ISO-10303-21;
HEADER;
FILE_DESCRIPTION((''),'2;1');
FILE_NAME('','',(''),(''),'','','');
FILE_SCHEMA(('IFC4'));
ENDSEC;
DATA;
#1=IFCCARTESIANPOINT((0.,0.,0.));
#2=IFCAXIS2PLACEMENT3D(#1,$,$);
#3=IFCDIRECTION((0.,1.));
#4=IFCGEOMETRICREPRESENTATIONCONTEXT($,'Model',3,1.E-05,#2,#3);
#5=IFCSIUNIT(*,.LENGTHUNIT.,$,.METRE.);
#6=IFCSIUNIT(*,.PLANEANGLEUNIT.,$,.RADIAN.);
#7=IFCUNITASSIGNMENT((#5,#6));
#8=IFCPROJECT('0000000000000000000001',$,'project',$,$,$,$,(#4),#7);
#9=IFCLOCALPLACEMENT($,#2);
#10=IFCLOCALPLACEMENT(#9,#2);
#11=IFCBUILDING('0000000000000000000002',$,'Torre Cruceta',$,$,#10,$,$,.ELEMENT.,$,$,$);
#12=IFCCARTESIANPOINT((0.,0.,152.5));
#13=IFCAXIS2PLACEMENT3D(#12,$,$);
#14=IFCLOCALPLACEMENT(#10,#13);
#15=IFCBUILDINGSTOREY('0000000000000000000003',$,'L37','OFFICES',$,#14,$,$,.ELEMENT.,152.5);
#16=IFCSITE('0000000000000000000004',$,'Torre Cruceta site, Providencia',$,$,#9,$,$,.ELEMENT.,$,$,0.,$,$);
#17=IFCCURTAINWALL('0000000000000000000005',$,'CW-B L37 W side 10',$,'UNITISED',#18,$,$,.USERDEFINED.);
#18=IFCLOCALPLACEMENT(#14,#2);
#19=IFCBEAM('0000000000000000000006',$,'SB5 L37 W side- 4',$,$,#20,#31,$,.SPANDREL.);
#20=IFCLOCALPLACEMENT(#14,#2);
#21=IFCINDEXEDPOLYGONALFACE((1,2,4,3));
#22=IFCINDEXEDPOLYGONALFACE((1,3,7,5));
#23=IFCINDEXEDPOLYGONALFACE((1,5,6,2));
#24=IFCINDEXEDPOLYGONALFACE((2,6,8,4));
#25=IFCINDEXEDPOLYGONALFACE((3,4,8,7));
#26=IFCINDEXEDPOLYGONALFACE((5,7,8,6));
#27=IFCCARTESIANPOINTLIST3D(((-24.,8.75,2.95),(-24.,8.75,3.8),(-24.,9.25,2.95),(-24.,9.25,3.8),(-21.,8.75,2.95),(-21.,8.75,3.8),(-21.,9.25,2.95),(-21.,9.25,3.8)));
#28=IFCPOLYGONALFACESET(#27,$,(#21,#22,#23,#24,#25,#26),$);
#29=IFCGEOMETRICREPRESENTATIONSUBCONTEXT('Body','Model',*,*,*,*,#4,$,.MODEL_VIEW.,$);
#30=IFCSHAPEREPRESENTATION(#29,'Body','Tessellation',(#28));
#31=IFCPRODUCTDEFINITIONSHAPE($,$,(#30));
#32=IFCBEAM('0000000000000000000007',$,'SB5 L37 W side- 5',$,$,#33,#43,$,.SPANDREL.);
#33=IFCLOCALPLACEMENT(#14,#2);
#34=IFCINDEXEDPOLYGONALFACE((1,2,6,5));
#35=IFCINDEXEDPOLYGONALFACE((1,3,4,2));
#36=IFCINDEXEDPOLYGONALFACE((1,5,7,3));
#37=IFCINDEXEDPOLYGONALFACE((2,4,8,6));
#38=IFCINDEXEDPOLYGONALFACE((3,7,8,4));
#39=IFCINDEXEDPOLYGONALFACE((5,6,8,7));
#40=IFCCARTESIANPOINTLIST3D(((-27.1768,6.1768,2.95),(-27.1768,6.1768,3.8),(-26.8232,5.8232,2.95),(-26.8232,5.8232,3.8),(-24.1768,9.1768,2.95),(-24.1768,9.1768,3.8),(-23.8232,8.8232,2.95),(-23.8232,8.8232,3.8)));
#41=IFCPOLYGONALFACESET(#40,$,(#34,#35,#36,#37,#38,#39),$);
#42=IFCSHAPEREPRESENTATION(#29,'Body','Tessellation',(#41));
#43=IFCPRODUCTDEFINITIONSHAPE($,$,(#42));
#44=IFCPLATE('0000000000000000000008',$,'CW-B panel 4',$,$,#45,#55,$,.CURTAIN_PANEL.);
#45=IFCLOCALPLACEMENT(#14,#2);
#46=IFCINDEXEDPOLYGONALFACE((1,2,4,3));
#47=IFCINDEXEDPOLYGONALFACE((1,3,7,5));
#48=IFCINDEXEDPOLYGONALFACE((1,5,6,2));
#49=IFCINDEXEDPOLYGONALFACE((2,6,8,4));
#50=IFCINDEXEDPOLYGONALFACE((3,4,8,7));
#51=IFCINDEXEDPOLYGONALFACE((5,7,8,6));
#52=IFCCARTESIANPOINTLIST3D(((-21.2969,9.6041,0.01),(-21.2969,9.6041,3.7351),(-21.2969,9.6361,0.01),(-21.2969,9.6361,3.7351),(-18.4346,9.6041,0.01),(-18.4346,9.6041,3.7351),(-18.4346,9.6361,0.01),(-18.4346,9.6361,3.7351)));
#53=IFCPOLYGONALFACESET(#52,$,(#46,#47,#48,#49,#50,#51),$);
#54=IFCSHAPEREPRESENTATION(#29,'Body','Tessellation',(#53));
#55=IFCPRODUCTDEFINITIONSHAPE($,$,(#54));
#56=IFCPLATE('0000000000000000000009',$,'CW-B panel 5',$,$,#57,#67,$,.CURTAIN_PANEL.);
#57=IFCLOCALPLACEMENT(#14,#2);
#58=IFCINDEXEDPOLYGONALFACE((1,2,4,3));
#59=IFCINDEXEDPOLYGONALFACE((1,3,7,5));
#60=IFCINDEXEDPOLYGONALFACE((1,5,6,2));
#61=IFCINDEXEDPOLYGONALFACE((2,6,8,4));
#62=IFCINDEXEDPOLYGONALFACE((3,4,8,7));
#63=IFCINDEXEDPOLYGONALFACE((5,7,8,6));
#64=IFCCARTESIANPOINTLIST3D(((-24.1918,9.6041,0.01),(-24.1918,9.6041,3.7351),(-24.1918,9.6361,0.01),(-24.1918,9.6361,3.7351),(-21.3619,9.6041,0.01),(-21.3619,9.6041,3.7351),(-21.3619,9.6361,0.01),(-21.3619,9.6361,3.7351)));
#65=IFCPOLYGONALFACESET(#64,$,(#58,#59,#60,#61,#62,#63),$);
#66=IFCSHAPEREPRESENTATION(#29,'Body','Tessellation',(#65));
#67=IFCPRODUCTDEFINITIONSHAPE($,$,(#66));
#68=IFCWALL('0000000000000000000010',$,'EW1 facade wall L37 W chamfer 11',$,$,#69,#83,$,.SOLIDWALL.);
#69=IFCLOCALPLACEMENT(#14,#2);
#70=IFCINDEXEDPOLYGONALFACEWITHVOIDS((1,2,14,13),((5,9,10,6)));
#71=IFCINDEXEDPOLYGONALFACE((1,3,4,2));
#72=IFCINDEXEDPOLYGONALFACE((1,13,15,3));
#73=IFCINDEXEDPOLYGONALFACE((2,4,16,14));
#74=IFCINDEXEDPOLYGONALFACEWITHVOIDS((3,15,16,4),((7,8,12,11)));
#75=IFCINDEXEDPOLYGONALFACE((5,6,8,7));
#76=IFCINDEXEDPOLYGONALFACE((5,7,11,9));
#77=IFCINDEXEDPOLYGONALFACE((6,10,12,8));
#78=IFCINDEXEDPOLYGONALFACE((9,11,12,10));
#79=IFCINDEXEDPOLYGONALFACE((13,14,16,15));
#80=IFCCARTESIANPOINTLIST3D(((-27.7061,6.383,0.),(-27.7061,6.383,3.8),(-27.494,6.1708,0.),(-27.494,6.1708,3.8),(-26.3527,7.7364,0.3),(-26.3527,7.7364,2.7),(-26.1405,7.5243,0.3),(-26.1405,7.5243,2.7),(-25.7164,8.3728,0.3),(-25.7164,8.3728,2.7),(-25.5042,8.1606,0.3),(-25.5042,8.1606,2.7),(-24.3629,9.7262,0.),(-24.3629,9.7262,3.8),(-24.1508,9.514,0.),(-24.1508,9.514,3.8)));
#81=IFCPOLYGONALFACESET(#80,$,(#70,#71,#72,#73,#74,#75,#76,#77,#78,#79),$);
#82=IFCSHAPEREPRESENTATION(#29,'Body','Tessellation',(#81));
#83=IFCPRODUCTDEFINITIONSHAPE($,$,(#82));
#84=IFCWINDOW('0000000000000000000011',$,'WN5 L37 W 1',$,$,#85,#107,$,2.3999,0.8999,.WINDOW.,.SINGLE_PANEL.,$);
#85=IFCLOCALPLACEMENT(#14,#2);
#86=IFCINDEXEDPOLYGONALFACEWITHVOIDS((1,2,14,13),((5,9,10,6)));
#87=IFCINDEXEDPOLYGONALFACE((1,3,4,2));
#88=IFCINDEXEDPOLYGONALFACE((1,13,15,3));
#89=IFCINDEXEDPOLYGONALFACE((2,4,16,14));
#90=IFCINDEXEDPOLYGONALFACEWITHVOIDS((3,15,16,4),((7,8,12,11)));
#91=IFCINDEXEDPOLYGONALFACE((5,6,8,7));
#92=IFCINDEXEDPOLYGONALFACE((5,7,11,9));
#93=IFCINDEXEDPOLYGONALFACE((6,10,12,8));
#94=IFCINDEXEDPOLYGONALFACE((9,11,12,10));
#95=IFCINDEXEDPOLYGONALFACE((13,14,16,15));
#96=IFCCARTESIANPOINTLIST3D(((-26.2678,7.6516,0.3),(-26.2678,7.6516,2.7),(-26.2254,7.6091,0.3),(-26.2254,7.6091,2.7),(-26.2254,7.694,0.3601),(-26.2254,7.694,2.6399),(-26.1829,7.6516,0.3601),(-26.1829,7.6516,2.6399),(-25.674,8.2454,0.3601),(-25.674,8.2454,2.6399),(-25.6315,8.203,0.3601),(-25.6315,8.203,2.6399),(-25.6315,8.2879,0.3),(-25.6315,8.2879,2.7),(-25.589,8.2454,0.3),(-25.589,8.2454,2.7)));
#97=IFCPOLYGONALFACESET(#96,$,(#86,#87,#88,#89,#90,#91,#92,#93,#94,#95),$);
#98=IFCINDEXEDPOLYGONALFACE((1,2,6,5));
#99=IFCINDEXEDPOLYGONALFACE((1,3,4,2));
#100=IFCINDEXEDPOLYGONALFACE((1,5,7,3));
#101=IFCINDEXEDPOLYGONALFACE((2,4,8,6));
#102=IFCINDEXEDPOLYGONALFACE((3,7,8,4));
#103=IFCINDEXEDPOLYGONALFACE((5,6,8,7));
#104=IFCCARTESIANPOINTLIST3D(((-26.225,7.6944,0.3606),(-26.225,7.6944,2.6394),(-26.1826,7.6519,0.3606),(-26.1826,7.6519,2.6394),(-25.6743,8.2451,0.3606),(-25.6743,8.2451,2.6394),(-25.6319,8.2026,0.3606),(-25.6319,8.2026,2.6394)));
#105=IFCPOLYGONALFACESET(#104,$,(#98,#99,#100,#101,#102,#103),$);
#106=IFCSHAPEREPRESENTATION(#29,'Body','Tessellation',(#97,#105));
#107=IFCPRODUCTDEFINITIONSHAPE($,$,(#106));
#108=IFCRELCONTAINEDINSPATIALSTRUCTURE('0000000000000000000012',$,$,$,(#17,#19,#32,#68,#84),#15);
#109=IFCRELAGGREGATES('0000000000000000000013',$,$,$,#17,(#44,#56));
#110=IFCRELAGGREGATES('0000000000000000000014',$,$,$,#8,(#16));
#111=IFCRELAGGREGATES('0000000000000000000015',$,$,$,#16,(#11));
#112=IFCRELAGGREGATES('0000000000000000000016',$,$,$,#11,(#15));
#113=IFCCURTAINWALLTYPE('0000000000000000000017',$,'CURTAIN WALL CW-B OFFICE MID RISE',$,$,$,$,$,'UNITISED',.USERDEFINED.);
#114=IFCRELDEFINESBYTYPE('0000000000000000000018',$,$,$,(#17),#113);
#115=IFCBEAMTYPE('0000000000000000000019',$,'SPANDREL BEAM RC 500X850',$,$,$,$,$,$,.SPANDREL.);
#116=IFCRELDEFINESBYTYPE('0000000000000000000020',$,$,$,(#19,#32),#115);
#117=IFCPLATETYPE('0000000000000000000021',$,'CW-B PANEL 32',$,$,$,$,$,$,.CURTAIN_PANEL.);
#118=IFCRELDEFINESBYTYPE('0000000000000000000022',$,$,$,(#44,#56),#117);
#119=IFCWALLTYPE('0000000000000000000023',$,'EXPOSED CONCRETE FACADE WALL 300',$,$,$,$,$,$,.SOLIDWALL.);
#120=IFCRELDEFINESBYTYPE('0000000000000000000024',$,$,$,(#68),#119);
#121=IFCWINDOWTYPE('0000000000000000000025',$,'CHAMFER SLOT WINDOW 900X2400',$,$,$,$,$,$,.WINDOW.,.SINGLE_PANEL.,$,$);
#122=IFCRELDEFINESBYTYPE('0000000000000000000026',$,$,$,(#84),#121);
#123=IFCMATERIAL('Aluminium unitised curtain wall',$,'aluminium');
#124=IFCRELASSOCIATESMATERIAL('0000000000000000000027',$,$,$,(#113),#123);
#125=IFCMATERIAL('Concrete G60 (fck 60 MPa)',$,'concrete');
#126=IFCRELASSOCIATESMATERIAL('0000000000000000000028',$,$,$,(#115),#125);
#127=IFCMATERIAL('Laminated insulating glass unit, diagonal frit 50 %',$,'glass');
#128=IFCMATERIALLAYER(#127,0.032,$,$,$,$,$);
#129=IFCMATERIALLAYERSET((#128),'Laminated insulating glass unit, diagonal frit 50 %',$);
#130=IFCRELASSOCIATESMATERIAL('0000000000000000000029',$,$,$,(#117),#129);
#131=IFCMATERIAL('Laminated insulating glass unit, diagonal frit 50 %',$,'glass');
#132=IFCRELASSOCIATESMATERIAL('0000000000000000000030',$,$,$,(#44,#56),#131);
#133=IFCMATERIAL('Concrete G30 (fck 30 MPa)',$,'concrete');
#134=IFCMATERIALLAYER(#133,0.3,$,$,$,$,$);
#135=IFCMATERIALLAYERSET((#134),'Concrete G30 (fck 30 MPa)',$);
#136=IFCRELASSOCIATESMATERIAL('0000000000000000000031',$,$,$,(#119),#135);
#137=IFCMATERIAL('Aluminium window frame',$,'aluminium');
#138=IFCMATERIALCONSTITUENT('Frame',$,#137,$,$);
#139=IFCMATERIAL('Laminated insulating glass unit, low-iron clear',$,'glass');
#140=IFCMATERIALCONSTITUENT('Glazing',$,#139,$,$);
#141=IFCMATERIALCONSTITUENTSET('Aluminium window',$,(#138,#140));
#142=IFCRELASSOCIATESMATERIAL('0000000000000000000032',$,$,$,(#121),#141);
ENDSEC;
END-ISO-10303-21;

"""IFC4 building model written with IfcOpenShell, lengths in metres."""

from ifc_helpers import new_model, si_unit, direction, frame, frame_2d, origin, origin_2d, place, context, subcontext, project, spatial, rectangle, hollow_rectangle, extrude, material, layer, layer_set, constituent, constituent_set, material_profile, profile_set, type_object, element, fill, aggregate, save


model = new_model("IFC4")

# Units and contexts
model_context = context("Model", 3, precision=1e-05, world=origin(), true_north=direction((0.0, 1.0)))
body_context = subcontext(model_context, "Body", "Model", "MODEL_VIEW")
ifc_project = project(units=[si_unit("LENGTHUNIT", "METRE"), si_unit("PLANEANGLEUNIT", "RADIAN")], contexts=[model_context])

# Site, building, storey
site_placement = place(None, origin())
site = spatial("IfcSite", under=ifc_project, at=site_placement, Name="Torre Cruceta site, Providencia", CompositionType="ELEMENT", RefElevation=0.0)
building_placement = place(site_placement, origin())
building = spatial("IfcBuilding", under=site, at=building_placement, Name="Torre Cruceta", CompositionType="ELEMENT")
storey_placement = place(building_placement, frame((0.0, 0.0, 152.5)))
storey = spatial("IfcBuildingStorey", under=building, at=storey_placement, Name="L37", Description="OFFICES", CompositionType="ELEMENT", Elevation=152.5)

# Curtain wall
ifc_material_1 = material(Name="Aluminium unitised curtain wall", Category="aluminium")
curtain_wall_type = type_object("IfcCurtainWallType", Name="CURTAIN WALL CW-B OFFICE MID RISE", ElementType="UNITISED", PredefinedType="USERDEFINED", material=ifc_material_1)
curtain_wall_placement = place(storey_placement, origin())
curtain_wall = element("IfcCurtainWall", 1, at=curtain_wall_placement, inside=storey, type_object=curtain_wall_type, Name="CW-B L37 W side 10", ObjectType="UNITISED", PredefinedType="USERDEFINED")

# Beams
ifc_material_2 = material(Name="Concrete G60 (fck 60 MPa)", Category="concrete")
ifc_material_profile_1 = material_profile(ifc_material_2, rectangle(XDim=0.5, YDim=0.8501, at=origin_2d()), Name="RC 500X850")
ifc_profile_set_1 = profile_set([ifc_material_profile_1], Name="Concrete G60 (fck 60 MPa)")
beam_type_1 = type_object("IfcBeamType", Name="SPANDREL BEAM RC 500X850", PredefinedType="SPANDREL", material=ifc_profile_set_1)
beam_1_placement = place(storey_placement, frame((-21.0, 9.0, 3.375), z_axis=(-1.0, 0.0, 0.0), x_axis=(0.0, -1.0, 0.0)))
element("IfcBeam", 2, at=beam_1_placement, inside=storey, type_object=beam_type_1, Name="SB5 L37 W side- 4", PredefinedType="SPANDREL", context=body_context, shape_type="SweptSolid", body=[
    extrude(rectangle(XDim=0.5, YDim=0.8501, at=origin_2d()), origin(), (0.0, 0.0, 1.0), 3.0),
])
beam_2_placement = place(storey_placement, frame((-24.0, 9.0, 3.375), z_axis=(-0.707107, -0.707107, 0.0), x_axis=(0.707107, -0.707107, 0.0)))
element("IfcBeam", 3, at=beam_2_placement, inside=storey, type_object=beam_type_1, Name="SB5 L37 W side- 5", PredefinedType="SPANDREL", context=body_context, shape_type="SweptSolid", body=[
    extrude(rectangle(XDim=0.5, YDim=0.8501, at=origin_2d()), origin(), (0.0, 0.0, 1.0), 4.2427),
])

# Plates
ifc_material_3 = material(Name="Laminated insulating glass unit, diagonal frit 50 %", Category="glass")
ifc_material_4 = material(Name="Laminated insulating glass unit, diagonal frit 50 %", Category="glass")
ifc_layer_1 = layer(ifc_material_4, 0.032)
ifc_layer_set_1 = layer_set([ifc_layer_1], Name="Laminated insulating glass unit, diagonal frit 50 %")
plate_type = type_object("IfcPlateType", Name="CW-B PANEL 32", PredefinedType="CURTAIN_PANEL", material=ifc_layer_set_1)
plate_1_placement = place(storey_placement, frame((-19.8657, 9.6201, 0.01), z_axis=(0.0, 0.0, 1.0), x_axis=(-1.0, 0.0, 0.0)))
plate_1 = element("IfcPlate", 4, at=plate_1_placement, type_object=plate_type, material=ifc_material_3, Name="CW-B panel 4", PredefinedType="CURTAIN_PANEL", context=body_context, shape_type="SweptSolid", body=[
    extrude(rectangle(XDim=2.8623, YDim=0.032, at=origin_2d()), origin(), (0.0, 0.0, 1.0), 3.7251),
])
plate_2_placement = place(storey_placement, frame((-22.7769, 9.6201, 0.01), z_axis=(0.0, 0.0, 1.0), x_axis=(-1.0, 0.0, 0.0)))
plate_2 = element("IfcPlate", 5, at=plate_2_placement, type_object=plate_type, material=ifc_material_3, Name="CW-B panel 5", PredefinedType="CURTAIN_PANEL", context=body_context, shape_type="SweptSolid", body=[
    extrude(rectangle(XDim=2.8298, YDim=0.032, at=origin_2d()), origin(), (0.0, 0.0, 1.0), 3.7251),
])
aggregate(curtain_wall, [plate_1, plate_2])

# Wall, opening, window
ifc_material_5 = material(Name="Concrete G30 (fck 30 MPa)", Category="concrete")
ifc_layer_2 = layer(ifc_material_5, 0.3)
ifc_layer_set_2 = layer_set([ifc_layer_2], Name="Concrete G30 (fck 30 MPa)")
wall_type_1 = type_object("IfcWallType", Name="EXPOSED CONCRETE FACADE WALL 300", PredefinedType="SOLIDWALL", material=ifc_layer_set_2)
wall_1_placement = place(storey_placement, frame((-24.2568, 9.6201, 0.0), z_axis=(0.0, 0.0, 1.0), x_axis=(-0.707107, -0.707107, 0.0)))
wall_1 = element("IfcWall", 6, at=wall_1_placement, inside=storey, type_object=wall_type_1, Name="EW1 facade wall L37 W chamfer 11", PredefinedType="SOLIDWALL", context=body_context, shape_type="SweptSolid", body=[
    extrude(rectangle(XDim=4.728, YDim=0.3, at=frame_2d((2.364, 0.0))), origin(), (0.0, 0.0, 1.0), 3.8),
])
opening_1_placement = place(wall_1_placement, frame((1.9141, 0.0, 0.3)))
opening_1 = element("IfcOpeningElement", 7, at=opening_1_placement, cuts=wall_1, PredefinedType="OPENING", context=body_context, shape_type="SweptSolid", body=[
    extrude(rectangle(XDim=0.8999, YDim=2.3999, at=frame_2d((0.45, 1.2))), frame((0.0, 0.1599, 0.0), z_axis=(0.0, -1.0, 0.0), x_axis=(1.0, 0.0, 0.0)), (0.0, 0.0, 1.0), 0.3201),
])
ifc_material_6 = material(Name="Aluminium window frame", Category="aluminium")
ifc_constituent_1 = constituent(ifc_material_6, Name="Frame")
ifc_material_7 = material(Name="Laminated insulating glass unit, low-iron clear", Category="glass")
ifc_constituent_2 = constituent(ifc_material_7, Name="Glazing")
ifc_constituent_set_1 = constituent_set(constituents=[ifc_constituent_1, ifc_constituent_2], Name="Aluminium window")
window_type_1 = type_object("IfcWindowType", Name="CHAMFER SLOT WINDOW 900X2400", PartitioningType="SINGLE_PANEL", PredefinedType="WINDOW", material=ifc_constituent_set_1)
window_1_placement = place(opening_1_placement, origin())
window_1 = element("IfcWindow", 8, at=window_1_placement, inside=storey, type_object=window_type_1, Name="WN5 L37 W 1", OverallHeight=2.3999, OverallWidth=0.8999, PartitioningType="SINGLE_PANEL", PredefinedType="WINDOW", context=body_context, shape_type="SweptSolid", body=[
    extrude(hollow_rectangle(XDim=0.8999, YDim=2.3999, WallThickness=0.0601, at=frame_2d((0.45, 1.2))), frame((0.0, 0.03, 0.0), z_axis=(0.0, -1.0, 0.0), x_axis=(1.0, 0.0, 0.0)), (0.0, 0.0, 1.0), 0.0601),
    extrude(rectangle(XDim=0.7788, YDim=2.2788, at=frame_2d((0.45, 1.2))), frame((0.0, 0.03, 0.0), z_axis=(0.0, -1.0, 0.0), x_axis=(1.0, 0.0, 0.0)), (0.0, 0.0, 1.0), 0.0601),
])
fill(opening_1, window_1)

save(model, "model.ifc")
